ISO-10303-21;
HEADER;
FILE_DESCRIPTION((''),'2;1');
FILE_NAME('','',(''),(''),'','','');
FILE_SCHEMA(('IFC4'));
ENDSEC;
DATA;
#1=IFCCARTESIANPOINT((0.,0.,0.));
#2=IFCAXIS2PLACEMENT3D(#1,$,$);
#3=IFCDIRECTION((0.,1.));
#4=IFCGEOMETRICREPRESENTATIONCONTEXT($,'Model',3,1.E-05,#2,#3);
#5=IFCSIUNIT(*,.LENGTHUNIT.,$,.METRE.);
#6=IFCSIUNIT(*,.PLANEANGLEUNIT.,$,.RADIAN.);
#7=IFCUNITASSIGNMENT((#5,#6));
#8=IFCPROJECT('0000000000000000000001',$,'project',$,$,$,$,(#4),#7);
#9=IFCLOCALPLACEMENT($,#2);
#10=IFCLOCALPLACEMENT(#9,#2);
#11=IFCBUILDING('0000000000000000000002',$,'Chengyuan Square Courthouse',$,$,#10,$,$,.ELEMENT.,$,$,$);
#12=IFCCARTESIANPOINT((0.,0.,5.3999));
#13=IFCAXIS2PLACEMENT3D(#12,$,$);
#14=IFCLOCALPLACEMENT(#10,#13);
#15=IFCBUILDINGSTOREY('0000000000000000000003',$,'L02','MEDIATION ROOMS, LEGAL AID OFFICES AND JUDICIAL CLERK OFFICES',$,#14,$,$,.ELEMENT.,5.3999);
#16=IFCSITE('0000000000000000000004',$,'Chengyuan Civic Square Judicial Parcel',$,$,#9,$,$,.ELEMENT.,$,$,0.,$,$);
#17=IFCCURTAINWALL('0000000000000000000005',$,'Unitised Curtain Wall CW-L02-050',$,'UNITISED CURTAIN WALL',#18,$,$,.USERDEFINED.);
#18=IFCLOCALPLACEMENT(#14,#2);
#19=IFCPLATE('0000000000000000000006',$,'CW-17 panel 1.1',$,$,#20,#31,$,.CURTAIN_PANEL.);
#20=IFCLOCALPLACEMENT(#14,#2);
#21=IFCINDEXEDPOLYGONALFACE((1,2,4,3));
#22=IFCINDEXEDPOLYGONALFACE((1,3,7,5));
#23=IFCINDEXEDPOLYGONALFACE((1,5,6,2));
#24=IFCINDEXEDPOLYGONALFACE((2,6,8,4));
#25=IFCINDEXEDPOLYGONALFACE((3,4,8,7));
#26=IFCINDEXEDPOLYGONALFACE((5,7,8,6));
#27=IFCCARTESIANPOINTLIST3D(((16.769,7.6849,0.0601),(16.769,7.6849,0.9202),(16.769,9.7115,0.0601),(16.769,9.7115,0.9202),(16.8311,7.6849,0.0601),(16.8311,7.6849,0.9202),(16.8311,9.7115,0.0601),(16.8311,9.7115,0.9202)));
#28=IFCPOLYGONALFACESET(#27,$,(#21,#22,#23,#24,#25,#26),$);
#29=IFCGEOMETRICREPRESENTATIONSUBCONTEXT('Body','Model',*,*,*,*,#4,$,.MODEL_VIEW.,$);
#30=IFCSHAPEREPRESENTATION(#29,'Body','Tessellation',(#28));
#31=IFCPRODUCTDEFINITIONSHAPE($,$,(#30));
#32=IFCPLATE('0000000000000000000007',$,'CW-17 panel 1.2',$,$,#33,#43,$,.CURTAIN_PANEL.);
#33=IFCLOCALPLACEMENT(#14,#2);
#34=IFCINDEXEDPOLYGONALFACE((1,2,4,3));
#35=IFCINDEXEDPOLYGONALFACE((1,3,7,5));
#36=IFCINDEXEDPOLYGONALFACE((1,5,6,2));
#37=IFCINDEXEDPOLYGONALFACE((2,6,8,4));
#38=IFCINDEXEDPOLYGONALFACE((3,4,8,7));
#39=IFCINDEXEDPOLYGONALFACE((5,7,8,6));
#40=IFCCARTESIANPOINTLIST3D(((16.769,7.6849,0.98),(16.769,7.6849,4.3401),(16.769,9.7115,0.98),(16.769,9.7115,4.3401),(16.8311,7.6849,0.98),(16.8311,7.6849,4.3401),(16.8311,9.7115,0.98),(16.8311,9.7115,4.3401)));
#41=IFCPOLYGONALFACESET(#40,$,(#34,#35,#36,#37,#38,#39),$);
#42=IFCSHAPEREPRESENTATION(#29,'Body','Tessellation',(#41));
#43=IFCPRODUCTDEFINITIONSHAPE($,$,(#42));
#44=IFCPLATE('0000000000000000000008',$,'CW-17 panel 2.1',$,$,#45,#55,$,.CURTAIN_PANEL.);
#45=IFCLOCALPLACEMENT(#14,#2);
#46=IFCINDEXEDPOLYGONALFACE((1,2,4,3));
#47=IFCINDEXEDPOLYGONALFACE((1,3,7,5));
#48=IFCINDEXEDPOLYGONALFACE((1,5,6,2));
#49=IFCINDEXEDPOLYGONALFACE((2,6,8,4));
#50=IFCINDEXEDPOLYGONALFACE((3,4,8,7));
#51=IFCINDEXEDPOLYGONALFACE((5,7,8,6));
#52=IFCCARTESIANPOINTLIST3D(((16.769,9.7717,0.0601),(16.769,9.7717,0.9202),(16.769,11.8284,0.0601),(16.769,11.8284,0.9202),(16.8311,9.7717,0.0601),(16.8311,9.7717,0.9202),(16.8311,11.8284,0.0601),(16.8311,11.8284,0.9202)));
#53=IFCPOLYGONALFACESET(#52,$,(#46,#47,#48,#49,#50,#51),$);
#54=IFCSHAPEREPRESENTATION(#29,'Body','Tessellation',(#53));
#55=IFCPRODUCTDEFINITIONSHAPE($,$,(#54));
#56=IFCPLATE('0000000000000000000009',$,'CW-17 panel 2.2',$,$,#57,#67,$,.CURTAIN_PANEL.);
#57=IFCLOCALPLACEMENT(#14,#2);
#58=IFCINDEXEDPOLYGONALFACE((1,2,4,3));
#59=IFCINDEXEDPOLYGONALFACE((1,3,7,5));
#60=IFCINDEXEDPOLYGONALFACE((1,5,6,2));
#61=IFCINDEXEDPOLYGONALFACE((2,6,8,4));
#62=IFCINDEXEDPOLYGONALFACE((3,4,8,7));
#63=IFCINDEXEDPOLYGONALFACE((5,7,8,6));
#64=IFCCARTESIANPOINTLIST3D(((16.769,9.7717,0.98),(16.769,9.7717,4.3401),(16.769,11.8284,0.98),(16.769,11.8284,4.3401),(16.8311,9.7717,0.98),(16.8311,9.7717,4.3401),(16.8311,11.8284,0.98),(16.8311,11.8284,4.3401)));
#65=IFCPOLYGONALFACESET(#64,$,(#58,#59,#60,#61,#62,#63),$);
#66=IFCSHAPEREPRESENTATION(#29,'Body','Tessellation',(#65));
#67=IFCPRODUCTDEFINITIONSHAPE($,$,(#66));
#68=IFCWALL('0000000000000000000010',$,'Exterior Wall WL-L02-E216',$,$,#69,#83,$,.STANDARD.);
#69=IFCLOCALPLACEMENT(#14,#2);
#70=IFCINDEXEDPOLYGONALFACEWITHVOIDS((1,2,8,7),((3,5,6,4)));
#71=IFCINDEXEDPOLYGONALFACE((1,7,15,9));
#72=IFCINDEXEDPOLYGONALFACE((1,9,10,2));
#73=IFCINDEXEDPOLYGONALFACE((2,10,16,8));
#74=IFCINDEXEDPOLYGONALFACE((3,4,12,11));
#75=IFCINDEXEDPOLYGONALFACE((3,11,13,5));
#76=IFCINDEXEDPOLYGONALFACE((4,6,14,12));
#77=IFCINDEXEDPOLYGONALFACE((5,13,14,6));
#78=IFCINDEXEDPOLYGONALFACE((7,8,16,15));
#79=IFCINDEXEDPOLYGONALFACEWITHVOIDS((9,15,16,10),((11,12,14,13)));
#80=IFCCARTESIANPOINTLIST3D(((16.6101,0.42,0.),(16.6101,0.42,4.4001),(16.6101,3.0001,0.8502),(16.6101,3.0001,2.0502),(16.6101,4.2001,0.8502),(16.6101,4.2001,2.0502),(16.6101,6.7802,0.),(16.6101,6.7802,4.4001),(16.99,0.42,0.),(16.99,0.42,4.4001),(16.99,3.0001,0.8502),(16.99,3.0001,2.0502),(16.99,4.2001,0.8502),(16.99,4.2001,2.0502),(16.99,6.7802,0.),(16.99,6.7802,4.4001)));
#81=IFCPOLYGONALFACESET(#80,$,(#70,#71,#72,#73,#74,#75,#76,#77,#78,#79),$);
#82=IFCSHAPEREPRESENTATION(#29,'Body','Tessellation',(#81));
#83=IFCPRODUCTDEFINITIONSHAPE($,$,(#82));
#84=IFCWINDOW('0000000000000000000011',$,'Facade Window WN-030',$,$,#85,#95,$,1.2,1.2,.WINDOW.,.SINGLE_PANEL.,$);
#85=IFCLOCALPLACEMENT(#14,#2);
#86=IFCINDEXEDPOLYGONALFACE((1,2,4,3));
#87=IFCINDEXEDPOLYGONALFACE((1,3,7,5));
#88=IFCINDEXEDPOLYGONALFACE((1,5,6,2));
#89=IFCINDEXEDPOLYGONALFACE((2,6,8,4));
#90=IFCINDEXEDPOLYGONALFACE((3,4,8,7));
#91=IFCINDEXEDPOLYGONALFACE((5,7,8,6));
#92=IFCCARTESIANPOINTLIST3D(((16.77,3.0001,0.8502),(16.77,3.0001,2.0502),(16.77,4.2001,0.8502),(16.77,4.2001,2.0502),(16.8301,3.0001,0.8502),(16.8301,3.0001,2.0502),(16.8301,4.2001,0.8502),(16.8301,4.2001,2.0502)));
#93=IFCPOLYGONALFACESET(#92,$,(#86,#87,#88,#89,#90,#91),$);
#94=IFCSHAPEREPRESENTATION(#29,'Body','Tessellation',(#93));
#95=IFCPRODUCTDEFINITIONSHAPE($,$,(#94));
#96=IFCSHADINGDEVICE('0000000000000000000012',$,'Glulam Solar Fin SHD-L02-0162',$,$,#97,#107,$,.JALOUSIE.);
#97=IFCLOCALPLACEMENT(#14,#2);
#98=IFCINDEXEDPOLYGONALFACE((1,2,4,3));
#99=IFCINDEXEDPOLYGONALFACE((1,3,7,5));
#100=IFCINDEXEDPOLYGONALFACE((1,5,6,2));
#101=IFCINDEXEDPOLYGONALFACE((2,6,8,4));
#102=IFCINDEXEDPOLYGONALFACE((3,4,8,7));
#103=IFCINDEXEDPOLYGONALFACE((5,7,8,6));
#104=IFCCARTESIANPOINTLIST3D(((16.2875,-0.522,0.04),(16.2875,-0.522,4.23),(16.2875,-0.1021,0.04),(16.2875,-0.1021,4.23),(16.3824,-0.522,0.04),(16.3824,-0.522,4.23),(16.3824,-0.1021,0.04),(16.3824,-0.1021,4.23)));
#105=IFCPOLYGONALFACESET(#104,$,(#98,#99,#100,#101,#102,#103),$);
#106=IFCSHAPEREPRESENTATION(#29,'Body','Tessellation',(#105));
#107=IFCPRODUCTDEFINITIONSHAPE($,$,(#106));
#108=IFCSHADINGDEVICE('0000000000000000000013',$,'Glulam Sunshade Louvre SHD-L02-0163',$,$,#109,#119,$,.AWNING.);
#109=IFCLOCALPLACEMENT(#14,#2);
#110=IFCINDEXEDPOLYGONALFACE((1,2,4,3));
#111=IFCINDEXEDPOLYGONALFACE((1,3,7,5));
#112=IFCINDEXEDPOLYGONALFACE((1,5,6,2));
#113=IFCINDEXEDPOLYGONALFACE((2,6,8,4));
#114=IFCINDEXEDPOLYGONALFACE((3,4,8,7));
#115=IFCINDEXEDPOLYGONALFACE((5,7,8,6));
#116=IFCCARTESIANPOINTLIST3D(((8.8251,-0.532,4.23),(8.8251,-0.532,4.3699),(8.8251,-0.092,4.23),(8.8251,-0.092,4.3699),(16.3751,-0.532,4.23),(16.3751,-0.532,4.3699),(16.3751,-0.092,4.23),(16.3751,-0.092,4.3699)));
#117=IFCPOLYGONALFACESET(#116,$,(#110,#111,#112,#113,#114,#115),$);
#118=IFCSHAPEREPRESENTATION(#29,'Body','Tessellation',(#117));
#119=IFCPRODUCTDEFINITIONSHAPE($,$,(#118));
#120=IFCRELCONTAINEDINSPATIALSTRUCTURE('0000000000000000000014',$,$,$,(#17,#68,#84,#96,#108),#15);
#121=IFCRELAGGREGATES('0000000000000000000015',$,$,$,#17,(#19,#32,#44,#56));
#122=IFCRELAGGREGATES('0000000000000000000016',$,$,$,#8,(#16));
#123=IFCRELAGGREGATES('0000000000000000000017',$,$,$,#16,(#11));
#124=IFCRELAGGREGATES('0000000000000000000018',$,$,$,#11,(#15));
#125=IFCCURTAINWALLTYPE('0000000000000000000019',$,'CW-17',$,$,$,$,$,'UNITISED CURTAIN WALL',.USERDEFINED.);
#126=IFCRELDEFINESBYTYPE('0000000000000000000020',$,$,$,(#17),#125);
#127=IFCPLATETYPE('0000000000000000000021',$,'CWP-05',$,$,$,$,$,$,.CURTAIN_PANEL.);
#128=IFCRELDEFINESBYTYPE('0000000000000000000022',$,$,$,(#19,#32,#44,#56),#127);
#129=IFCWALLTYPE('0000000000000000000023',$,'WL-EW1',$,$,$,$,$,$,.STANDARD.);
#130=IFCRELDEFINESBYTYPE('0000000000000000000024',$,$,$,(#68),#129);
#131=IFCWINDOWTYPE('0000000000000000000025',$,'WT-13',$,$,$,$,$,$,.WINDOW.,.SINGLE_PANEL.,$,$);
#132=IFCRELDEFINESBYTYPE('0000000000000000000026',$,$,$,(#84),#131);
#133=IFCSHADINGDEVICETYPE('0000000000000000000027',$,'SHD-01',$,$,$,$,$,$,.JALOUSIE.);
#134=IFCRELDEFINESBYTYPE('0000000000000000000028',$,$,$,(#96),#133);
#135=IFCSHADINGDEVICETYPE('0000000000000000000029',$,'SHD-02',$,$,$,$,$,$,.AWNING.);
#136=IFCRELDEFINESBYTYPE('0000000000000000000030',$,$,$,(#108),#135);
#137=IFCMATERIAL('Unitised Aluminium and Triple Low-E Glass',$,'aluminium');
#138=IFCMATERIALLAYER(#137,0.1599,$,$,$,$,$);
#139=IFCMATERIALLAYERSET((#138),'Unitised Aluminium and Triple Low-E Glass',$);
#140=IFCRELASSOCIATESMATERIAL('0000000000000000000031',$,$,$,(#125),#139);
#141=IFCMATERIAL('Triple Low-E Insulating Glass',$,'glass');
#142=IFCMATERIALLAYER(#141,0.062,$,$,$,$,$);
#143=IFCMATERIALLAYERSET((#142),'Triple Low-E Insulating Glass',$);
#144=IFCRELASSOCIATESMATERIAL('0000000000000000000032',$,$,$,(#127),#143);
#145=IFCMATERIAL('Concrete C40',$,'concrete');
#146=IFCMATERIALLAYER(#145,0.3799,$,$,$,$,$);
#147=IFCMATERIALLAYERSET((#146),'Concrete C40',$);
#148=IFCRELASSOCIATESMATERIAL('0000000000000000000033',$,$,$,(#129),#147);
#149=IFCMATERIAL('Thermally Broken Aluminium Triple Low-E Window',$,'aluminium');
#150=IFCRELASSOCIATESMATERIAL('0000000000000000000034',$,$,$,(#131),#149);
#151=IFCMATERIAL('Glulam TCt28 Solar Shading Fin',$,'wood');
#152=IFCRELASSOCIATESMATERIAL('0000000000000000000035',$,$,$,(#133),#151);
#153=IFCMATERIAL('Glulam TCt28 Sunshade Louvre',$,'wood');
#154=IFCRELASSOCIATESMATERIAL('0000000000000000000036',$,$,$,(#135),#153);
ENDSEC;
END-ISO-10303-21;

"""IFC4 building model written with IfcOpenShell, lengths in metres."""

from ifc_helpers import new_model, si_unit, direction, frame, frame_2d, origin, origin_2d, place, context, subcontext, project, spatial, rectangle, extrude, material, layer, layer_set, type_object, element, fill, aggregate, save


model = new_model("IFC4")

# Units and contexts
model_context = context("Model", 3, precision=1e-05, world=origin(), true_north=direction((0.0, 1.0)))
body_context = subcontext(model_context, "Body", "Model", "MODEL_VIEW")
ifc_project = project(units=[si_unit("LENGTHUNIT", "METRE"), si_unit("PLANEANGLEUNIT", "RADIAN")], contexts=[model_context])

# Site, building, storey
site_placement = place(None, origin())
site = spatial("IfcSite", under=ifc_project, at=site_placement, Name="Chengyuan Civic Square Judicial Parcel", CompositionType="ELEMENT", RefElevation=0.0)
building_placement = place(site_placement, origin())
building = spatial("IfcBuilding", under=site, at=building_placement, Name="Chengyuan Square Courthouse", CompositionType="ELEMENT")
storey_placement = place(building_placement, frame((0.0, 0.0, 5.3999)))
storey = spatial("IfcBuildingStorey", under=building, at=storey_placement, Name="L02", Description="MEDIATION ROOMS, LEGAL AID OFFICES AND JUDICIAL CLERK OFFICES", CompositionType="ELEMENT", Elevation=5.3999)

# Shared definitions
ifc_material_1 = material(Name="Concrete C40", Category="concrete")

# Curtain wall
ifc_material_2 = material(Name="Unitised Aluminium and Triple Low-E Glass", Category="aluminium")
ifc_layer_1 = layer(ifc_material_2, 0.1599)
ifc_layer_set_1 = layer_set([ifc_layer_1], Name="Unitised Aluminium and Triple Low-E Glass")
curtain_wall_type_1 = type_object("IfcCurtainWallType", Name="CW-17", ElementType="UNITISED CURTAIN WALL", PredefinedType="USERDEFINED", material=ifc_layer_set_1)
curtain_wall_1_placement = place(storey_placement, origin())
curtain_wall_1 = element("IfcCurtainWall", 1, at=curtain_wall_1_placement, inside=storey, type_object=curtain_wall_type_1, Name="Unitised Curtain Wall CW-L02-050", ObjectType="UNITISED CURTAIN WALL", PredefinedType="USERDEFINED")

# Plates
ifc_material_3 = material(Name="Triple Low-E Insulating Glass", Category="glass")
ifc_layer_2 = layer(ifc_material_3, 0.062)
ifc_layer_set_2 = layer_set([ifc_layer_2], Name="Triple Low-E Insulating Glass")
plate_type_1 = type_object("IfcPlateType", Name="CWP-05", PredefinedType="CURTAIN_PANEL", material=ifc_layer_set_2)
plate_1_placement = place(storey_placement, frame((16.8, 8.6982, 0.0601), z_axis=(0.0, 0.0, 1.0), x_axis=(0.0, 1.0, 0.0)))
plate_1 = element("IfcPlate", 2, at=plate_1_placement, type_object=plate_type_1, Name="CW-17 panel 1.1", PredefinedType="CURTAIN_PANEL", context=body_context, shape_type="SweptSolid", body=[
    extrude(rectangle(XDim=2.0266, YDim=0.062, at=origin_2d()), origin(), (0.0, 0.0, 1.0), 0.8601),
])
plate_2_placement = place(storey_placement, frame((16.8, 8.6982, 0.98), z_axis=(0.0, 0.0, 1.0), x_axis=(0.0, 1.0, 0.0)))
plate_2 = element("IfcPlate", 3, at=plate_2_placement, type_object=plate_type_1, Name="CW-17 panel 1.2", PredefinedType="CURTAIN_PANEL", context=body_context, shape_type="SweptSolid", body=[
    extrude(rectangle(XDim=2.0266, YDim=0.062, at=origin_2d()), origin(), (0.0, 0.0, 1.0), 3.3601),
])
plate_3_placement = place(storey_placement, frame((16.8, 10.8, 0.0601), z_axis=(0.0, 0.0, 1.0), x_axis=(0.0, 1.0, 0.0)))
plate_3 = element("IfcPlate", 4, at=plate_3_placement, type_object=plate_type_1, Name="CW-17 panel 2.1", PredefinedType="CURTAIN_PANEL", context=body_context, shape_type="SweptSolid", body=[
    extrude(rectangle(XDim=2.0566, YDim=0.062, at=origin_2d()), origin(), (0.0, 0.0, 1.0), 0.8601),
])
plate_4_placement = place(storey_placement, frame((16.8, 10.8, 0.98), z_axis=(0.0, 0.0, 1.0), x_axis=(0.0, 1.0, 0.0)))
plate_4 = element("IfcPlate", 5, at=plate_4_placement, type_object=plate_type_1, Name="CW-17 panel 2.2", PredefinedType="CURTAIN_PANEL", context=body_context, shape_type="SweptSolid", body=[
    extrude(rectangle(XDim=2.0566, YDim=0.062, at=origin_2d()), origin(), (0.0, 0.0, 1.0), 3.3601),
])
aggregate(curtain_wall_1, [plate_1, plate_2, plate_3, plate_4])

# Wall, opening, window
ifc_layer_3 = layer(ifc_material_1, 0.3799)
ifc_layer_set_3 = layer_set([ifc_layer_3], Name="Concrete C40")
wall_type = type_object("IfcWallType", Name="WL-EW1", PredefinedType="STANDARD", material=ifc_layer_set_3)
wall_placement = place(storey_placement, frame((16.8, 0.4199, 0.0), z_axis=(0.0, 0.0, 1.0), x_axis=(0.0, 1.0, 0.0)))
wall = element("IfcWall", 6, at=wall_placement, inside=storey, type_object=wall_type, Name="Exterior Wall WL-L02-E216", PredefinedType="STANDARD", context=body_context, shape_type="SweptSolid", body=[
    extrude(rectangle(XDim=6.3601, YDim=0.3799, at=frame_2d((3.1802, 0.0))), origin(), (0.0, 0.0, 1.0), 4.4001),
])
opening_placement = place(wall_placement, frame((2.5801, 0.0, 0.8501)))
opening = element("IfcOpeningElement", 7, at=opening_placement, cuts=wall, PredefinedType="OPENING", context=body_context, shape_type="SweptSolid", body=[
    extrude(rectangle(XDim=1.2, YDim=1.2, at=frame_2d((0.6001, 0.6001))), frame((0.0, 0.2019, 0.0), z_axis=(0.0, -1.0, 0.0), x_axis=(1.0, 0.0, 0.0)), (0.0, 0.0, 1.0), 0.4038),
])
ifc_material_4 = material(Name="Thermally Broken Aluminium Triple Low-E Window", Category="aluminium")
window_type = type_object("IfcWindowType", Name="WT-13", PartitioningType="SINGLE_PANEL", PredefinedType="WINDOW", material=ifc_material_4)
window_placement = place(opening_placement, origin())
window = element("IfcWindow", 8, at=window_placement, inside=storey, type_object=window_type, Name="Facade Window WN-030", OverallHeight=1.2, OverallWidth=1.2, PartitioningType="SINGLE_PANEL", PredefinedType="WINDOW", context=body_context, shape_type="SweptSolid", body=[
    extrude(rectangle(XDim=1.2, YDim=1.2, at=frame_2d((0.6001, 0.6001))), frame((0.0, 0.03, 0.0), z_axis=(0.0, -1.0, 0.0), x_axis=(1.0, 0.0, 0.0)), (0.0, 0.0, 1.0), 0.0601),
])
fill(opening, window)

# Shading devices
ifc_material_5 = material(Name="Glulam TCt28 Solar Shading Fin", Category="wood")
shading_device_type_1 = type_object("IfcShadingDeviceType", Name="SHD-01", PredefinedType="JALOUSIE", material=ifc_material_5)
shading_device_1_placement = place(storey_placement, frame((16.335, -0.312, 0.04), z_axis=(0.0, 0.0, 1.0), x_axis=(0.0, 1.0, 0.0)))
element("IfcShadingDevice", 9, at=shading_device_1_placement, inside=storey, type_object=shading_device_type_1, Name="Glulam Solar Fin SHD-L02-0162", PredefinedType="JALOUSIE", context=body_context, shape_type="SweptSolid", body=[
    extrude(rectangle(XDim=0.4199, YDim=0.095, at=origin_2d()), origin(), (0.0, 0.0, 1.0), 4.1899),
])
ifc_material_6 = material(Name="Glulam TCt28 Sunshade Louvre", Category="wood")
shading_device_type_2 = type_object("IfcShadingDeviceType", Name="SHD-02", PredefinedType="AWNING", material=ifc_material_6)
shading_device_2_placement = place(storey_placement, frame((12.6001, -0.312, 4.23), z_axis=(0.0, 0.0, 1.0), x_axis=(1.0, 0.0, 0.0)))
element("IfcShadingDevice", 10, at=shading_device_2_placement, inside=storey, type_object=shading_device_type_2, Name="Glulam Sunshade Louvre SHD-L02-0163", PredefinedType="AWNING", context=body_context, shape_type="SweptSolid", body=[
    extrude(rectangle(XDim=7.55, YDim=0.4399, at=origin_2d()), origin(), (0.0, 0.0, 1.0), 0.1399),
])

save(model, "model.ifc")
